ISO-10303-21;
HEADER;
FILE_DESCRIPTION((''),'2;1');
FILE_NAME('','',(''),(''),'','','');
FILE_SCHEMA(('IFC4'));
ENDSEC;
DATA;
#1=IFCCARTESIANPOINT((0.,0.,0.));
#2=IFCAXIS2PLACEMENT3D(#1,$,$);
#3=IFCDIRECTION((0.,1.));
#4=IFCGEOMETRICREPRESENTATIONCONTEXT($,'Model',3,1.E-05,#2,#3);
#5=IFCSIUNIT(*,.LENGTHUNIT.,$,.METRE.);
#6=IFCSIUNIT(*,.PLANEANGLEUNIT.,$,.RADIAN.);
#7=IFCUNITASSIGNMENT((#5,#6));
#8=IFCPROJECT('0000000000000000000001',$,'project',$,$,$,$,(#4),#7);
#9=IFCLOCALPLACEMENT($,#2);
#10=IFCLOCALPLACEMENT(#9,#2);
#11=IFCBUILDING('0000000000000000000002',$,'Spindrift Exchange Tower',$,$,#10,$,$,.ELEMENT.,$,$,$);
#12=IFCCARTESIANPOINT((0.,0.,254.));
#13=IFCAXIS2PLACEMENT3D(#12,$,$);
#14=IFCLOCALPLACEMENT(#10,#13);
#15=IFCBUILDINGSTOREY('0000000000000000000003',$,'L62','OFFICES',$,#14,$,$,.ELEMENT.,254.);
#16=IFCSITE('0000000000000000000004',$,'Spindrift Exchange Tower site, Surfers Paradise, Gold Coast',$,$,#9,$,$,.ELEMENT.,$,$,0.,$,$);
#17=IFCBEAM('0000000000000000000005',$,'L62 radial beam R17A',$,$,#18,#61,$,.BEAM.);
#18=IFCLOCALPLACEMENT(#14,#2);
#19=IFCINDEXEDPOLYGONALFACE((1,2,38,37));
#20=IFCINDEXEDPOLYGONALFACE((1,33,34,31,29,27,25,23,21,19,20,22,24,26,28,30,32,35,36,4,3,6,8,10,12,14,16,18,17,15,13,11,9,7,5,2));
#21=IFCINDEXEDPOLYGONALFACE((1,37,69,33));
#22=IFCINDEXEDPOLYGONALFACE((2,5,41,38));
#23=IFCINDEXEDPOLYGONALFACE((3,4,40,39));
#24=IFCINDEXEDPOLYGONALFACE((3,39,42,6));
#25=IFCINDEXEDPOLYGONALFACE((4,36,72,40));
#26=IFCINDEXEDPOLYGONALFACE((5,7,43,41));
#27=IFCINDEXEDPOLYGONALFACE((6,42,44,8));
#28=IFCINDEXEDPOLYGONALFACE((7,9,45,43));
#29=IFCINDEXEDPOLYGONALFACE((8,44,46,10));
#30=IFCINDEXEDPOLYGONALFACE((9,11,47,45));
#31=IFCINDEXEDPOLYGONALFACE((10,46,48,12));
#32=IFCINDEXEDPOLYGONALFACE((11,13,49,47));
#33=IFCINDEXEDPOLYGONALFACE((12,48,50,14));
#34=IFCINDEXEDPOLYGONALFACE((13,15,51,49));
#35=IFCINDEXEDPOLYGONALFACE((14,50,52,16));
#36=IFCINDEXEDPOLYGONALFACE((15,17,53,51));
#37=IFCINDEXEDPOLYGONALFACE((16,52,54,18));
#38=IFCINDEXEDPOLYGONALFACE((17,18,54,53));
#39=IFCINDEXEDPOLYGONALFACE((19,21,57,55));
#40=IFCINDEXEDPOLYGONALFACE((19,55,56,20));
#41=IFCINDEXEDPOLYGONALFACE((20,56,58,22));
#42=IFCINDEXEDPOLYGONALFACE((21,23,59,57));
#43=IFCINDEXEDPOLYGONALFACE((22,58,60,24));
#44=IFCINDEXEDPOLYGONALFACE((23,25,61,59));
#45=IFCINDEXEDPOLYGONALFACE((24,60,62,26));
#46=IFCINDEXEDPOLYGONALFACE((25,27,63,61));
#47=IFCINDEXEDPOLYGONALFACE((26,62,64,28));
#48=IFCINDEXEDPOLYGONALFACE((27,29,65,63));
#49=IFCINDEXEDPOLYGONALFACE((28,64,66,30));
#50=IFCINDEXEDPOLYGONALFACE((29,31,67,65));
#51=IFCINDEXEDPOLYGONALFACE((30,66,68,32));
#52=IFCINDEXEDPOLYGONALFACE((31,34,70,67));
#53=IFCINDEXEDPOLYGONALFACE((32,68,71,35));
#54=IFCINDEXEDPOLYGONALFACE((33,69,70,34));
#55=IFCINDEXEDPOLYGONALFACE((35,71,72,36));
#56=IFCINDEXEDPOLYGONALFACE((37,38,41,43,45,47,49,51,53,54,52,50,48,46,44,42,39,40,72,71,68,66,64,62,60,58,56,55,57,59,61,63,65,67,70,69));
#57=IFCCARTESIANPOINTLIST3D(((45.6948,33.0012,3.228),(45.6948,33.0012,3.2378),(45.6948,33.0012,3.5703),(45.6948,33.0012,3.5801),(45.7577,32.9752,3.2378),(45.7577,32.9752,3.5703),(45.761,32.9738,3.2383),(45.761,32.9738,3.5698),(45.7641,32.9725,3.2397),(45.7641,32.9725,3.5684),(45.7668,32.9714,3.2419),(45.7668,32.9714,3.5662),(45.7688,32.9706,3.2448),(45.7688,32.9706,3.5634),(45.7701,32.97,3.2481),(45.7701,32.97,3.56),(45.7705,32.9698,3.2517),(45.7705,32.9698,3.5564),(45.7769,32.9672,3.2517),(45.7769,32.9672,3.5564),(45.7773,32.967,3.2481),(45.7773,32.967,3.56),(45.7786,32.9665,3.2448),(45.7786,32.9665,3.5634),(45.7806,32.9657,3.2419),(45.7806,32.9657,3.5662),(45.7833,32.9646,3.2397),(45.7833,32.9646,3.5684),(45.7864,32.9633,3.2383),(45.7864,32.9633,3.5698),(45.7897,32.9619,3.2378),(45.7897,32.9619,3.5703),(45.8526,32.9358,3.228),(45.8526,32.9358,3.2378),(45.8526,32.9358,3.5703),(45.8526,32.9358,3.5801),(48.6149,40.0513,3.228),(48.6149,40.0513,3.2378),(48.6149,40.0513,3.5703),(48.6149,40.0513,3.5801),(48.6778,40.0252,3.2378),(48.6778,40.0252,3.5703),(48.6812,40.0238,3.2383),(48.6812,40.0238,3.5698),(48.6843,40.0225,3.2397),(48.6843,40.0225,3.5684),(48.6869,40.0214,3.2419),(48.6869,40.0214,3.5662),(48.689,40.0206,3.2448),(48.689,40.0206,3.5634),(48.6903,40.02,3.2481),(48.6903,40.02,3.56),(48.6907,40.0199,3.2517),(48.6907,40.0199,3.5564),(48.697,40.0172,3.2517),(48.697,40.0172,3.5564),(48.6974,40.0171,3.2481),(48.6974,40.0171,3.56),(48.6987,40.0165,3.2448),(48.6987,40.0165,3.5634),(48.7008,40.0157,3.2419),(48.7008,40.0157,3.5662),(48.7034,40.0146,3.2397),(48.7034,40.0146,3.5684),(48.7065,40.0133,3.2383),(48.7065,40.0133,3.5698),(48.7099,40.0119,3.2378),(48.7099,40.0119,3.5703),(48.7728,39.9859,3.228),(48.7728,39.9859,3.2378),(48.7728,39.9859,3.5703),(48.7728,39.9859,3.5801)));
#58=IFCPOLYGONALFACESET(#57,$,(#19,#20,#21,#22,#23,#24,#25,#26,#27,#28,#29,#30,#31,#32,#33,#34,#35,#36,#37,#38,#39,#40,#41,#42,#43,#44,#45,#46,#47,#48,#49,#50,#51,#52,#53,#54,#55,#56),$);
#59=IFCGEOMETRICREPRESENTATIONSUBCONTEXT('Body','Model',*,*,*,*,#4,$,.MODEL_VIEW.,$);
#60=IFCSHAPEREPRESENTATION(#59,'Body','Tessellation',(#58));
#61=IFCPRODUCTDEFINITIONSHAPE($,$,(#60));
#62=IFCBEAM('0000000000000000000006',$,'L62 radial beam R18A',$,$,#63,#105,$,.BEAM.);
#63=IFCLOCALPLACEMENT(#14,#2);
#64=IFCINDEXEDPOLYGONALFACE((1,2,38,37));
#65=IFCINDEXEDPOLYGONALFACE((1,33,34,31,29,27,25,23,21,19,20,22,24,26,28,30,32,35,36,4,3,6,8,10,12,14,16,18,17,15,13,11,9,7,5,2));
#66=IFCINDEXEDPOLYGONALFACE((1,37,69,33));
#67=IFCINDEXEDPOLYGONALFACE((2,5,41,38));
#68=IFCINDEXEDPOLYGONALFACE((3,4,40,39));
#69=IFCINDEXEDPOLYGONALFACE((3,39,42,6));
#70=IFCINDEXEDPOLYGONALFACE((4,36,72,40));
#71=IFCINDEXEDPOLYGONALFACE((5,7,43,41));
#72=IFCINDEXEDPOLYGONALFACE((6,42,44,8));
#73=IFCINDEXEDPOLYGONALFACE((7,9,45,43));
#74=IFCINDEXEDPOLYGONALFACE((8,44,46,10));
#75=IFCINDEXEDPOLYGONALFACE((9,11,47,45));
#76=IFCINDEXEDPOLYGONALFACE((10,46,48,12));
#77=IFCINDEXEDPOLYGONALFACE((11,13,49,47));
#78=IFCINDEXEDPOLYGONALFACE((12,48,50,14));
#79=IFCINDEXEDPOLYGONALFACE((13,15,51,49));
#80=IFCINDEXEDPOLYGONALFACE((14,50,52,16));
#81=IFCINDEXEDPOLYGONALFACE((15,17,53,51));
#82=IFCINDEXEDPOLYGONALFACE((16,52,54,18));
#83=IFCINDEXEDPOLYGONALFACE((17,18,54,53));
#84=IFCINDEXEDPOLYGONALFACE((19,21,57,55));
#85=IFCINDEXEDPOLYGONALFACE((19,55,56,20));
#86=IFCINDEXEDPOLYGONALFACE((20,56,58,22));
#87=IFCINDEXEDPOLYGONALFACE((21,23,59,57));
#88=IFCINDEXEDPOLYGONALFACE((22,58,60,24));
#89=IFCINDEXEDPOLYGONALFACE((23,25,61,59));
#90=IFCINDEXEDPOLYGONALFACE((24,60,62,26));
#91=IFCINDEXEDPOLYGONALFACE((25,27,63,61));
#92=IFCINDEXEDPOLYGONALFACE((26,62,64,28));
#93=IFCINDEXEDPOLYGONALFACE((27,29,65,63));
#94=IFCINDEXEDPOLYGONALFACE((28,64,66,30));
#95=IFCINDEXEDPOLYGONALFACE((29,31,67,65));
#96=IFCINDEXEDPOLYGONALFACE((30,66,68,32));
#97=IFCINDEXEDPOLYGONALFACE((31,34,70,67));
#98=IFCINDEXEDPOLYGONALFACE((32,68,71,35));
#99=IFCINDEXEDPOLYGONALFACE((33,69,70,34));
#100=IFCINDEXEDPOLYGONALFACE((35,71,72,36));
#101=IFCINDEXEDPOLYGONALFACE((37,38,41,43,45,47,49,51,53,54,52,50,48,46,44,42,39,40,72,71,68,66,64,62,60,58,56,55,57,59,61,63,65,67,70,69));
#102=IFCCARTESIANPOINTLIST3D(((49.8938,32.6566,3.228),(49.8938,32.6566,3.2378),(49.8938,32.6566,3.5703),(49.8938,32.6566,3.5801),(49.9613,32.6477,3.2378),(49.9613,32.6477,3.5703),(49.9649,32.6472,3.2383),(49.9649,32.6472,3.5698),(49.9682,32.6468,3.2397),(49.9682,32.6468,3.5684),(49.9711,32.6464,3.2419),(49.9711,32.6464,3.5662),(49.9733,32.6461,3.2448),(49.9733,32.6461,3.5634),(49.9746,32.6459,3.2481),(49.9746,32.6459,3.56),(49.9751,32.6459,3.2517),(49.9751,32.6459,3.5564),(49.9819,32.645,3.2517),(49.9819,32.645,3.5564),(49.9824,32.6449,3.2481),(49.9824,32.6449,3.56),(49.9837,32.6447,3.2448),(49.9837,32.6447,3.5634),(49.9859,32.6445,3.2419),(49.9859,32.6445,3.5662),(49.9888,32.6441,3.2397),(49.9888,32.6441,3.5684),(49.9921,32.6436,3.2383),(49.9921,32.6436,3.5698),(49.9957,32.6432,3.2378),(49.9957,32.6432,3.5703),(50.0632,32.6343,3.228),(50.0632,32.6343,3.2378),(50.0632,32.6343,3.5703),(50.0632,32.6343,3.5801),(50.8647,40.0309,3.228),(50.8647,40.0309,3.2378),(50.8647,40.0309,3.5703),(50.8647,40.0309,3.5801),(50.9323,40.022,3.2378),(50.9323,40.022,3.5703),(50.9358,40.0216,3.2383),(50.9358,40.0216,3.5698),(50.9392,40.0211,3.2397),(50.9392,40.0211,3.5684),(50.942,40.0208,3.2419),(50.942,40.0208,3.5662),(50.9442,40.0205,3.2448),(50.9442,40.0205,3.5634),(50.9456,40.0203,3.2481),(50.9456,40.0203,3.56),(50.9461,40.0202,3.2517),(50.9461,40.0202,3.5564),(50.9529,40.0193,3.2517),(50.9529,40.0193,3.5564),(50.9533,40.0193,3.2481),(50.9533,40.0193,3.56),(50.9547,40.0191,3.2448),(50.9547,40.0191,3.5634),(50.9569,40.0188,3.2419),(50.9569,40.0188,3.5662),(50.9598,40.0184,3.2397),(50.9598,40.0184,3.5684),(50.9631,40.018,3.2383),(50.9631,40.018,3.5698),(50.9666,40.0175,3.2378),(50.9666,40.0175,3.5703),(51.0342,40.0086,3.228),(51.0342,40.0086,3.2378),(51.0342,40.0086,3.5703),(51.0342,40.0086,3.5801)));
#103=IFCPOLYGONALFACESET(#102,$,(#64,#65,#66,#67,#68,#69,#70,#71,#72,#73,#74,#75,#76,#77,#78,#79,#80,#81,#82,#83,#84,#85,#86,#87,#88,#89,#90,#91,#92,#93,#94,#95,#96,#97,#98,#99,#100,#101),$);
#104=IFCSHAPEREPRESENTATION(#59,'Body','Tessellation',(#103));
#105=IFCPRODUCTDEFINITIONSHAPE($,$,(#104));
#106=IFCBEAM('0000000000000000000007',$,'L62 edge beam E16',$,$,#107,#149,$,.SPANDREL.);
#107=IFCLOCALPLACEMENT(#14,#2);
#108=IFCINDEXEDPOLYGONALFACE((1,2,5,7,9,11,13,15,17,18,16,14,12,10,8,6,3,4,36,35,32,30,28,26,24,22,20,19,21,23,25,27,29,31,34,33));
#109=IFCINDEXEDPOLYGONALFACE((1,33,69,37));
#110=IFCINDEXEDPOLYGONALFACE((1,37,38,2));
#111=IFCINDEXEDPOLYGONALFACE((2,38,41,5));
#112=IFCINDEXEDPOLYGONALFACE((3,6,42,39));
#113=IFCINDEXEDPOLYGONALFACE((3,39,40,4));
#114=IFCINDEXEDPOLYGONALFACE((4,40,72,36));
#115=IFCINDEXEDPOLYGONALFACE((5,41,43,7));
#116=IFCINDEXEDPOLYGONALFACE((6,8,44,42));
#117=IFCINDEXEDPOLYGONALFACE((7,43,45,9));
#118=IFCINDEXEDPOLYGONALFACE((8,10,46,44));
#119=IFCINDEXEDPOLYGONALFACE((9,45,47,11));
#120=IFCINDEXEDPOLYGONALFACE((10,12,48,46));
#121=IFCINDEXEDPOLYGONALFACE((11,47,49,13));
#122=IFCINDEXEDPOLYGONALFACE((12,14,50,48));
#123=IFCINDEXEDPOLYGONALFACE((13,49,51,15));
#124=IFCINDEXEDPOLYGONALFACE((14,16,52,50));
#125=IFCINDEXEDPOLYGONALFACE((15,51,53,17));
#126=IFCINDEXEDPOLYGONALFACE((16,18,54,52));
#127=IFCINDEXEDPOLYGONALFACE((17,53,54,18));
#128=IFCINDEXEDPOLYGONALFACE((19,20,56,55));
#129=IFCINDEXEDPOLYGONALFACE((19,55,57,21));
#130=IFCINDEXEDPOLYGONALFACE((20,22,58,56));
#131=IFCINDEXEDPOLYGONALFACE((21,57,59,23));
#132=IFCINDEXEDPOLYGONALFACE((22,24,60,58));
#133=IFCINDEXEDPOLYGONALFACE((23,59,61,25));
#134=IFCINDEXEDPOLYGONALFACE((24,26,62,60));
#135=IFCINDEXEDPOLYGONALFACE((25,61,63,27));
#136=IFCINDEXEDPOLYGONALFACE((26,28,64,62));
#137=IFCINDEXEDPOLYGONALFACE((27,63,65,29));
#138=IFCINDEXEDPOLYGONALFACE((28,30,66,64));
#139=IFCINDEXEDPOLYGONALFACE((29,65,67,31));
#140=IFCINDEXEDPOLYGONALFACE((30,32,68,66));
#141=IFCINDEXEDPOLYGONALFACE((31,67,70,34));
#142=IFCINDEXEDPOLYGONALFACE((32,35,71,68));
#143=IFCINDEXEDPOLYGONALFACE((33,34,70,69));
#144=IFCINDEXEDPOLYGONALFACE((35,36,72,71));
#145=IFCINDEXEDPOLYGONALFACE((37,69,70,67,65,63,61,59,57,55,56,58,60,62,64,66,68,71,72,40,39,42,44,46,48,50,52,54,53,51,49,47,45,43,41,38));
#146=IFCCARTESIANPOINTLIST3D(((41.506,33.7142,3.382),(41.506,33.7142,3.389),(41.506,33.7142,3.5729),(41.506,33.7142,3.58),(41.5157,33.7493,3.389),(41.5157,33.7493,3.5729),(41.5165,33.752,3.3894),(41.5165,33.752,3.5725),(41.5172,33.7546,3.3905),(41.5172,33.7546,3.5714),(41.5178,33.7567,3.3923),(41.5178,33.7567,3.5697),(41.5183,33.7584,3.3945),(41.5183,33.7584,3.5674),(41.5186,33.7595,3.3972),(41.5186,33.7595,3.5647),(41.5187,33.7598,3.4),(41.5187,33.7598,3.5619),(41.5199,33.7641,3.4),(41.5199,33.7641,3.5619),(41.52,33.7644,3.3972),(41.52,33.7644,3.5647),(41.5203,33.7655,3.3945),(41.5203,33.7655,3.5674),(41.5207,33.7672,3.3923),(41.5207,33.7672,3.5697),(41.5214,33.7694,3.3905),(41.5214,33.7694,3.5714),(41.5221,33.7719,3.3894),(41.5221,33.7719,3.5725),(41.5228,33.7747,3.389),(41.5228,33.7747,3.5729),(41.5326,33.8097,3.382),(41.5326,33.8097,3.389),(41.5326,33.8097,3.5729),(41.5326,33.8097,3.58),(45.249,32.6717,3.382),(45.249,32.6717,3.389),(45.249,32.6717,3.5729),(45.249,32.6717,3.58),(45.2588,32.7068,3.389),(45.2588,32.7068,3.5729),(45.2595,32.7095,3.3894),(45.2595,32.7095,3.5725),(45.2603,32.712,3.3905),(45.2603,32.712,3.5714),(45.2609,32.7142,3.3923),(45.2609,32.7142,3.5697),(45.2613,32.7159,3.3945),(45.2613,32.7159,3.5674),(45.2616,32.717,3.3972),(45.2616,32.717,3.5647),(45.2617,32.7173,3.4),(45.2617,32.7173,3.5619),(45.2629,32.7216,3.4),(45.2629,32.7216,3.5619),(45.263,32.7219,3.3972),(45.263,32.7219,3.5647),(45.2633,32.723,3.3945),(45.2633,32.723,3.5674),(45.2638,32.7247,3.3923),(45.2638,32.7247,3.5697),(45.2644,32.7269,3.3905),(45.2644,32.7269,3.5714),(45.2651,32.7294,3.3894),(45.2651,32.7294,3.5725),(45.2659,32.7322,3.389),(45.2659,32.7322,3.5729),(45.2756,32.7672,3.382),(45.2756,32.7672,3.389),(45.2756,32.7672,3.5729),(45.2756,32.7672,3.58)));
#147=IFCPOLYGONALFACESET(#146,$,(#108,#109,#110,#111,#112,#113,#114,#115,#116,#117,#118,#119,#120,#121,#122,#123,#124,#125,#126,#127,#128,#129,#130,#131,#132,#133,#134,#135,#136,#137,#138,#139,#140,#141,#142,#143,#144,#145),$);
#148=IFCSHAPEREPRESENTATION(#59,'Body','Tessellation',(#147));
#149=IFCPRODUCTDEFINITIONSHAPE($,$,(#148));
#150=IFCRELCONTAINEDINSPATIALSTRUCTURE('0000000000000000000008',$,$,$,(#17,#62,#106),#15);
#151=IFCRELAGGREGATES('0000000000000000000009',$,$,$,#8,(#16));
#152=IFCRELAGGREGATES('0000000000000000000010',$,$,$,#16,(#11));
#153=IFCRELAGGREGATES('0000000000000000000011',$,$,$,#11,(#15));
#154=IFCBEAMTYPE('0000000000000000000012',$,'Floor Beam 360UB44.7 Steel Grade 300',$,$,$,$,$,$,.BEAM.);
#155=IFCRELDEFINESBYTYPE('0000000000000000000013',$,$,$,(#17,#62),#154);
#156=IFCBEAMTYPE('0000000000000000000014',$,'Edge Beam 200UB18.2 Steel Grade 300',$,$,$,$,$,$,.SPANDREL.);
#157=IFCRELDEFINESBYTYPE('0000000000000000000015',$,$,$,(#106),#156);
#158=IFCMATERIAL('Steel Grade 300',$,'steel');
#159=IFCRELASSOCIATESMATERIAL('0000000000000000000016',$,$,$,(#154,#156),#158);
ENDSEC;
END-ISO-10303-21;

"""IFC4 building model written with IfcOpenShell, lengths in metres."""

from ifc_helpers import new_model, si_unit, direction, frame, origin, origin_2d, place, context, subcontext, project, spatial, i_section, extrude, source, transform, mapped, material, material_profile, profile_set, type_object, element, save


model = new_model("IFC4")

# Units and contexts
model_context = context("Model", 3, precision=1e-05, world=origin(), true_north=direction((0.0, 1.0)))
body_context = subcontext(model_context, "Body", "Model", "MODEL_VIEW")
ifc_project = project(units=[si_unit("LENGTHUNIT", "METRE"), si_unit("PLANEANGLEUNIT", "RADIAN")], contexts=[model_context])

# Site, building, storey
site_placement = place(None, origin())
site = spatial("IfcSite", under=ifc_project, at=site_placement, Name="Spindrift Exchange Tower site, Surfers Paradise, Gold Coast", CompositionType="ELEMENT", RefElevation=0.0)
building_placement = place(site_placement, origin())
building = spatial("IfcBuilding", under=site, at=building_placement, Name="Spindrift Exchange Tower", CompositionType="ELEMENT")
storey_placement = place(building_placement, frame((0.0, 0.0, 254.0)))
storey = spatial("IfcBuildingStorey", under=building, at=storey_placement, Name="L62", Description="OFFICES", CompositionType="ELEMENT", Elevation=254.0)

# Beams
ifc_material_1 = material(Name="Steel Grade 300", Category="steel")
ifc_material_profile_1 = material_profile(ifc_material_1, i_section(OverallWidth=0.1709, OverallDepth=0.3521, WebThickness=0.0068, FlangeThickness=0.0098, FilletRadius=0.0139, at=origin_2d()), Name="360UB44.7")
ifc_profile_set_1 = profile_set([ifc_material_profile_1], Name="Steel Grade 300")
beam_type_1 = type_object("IfcBeamType", Name="Floor Beam 360UB44.7 Steel Grade 300", PredefinedType="BEAM", material=ifc_profile_set_1)
shared_shape_1 = source(origin(), body_context, "Body", "SweptSolid", [
    extrude(i_section(OverallWidth=0.1709, OverallDepth=0.3521, WebThickness=0.0068, FlangeThickness=0.0098, FilletRadius=0.0139, at=origin_2d()), origin(), (0.0, 0.0, 1.0), 7.6309),
])
beam_1_placement = place(storey_placement, frame((48.6938, 40.0186, 3.4041), z_axis=(-0.382677, -0.923882, 0.0), x_axis=(0.923882, -0.382677, 0.0)))
element("IfcBeam", 1, at=beam_1_placement, inside=storey, type_object=beam_type_1, Name="L62 radial beam R17A", PredefinedType="BEAM", context=body_context, shape_type="MappedRepresentation", body=[
    mapped(shared_shape_1, transform((0.0, 0.0, 0.0), scale=1.0)),
])
shared_shape_2 = source(origin(), body_context, "Body", "SweptSolid", [
    extrude(i_section(OverallWidth=0.1709, OverallDepth=0.3521, WebThickness=0.0068, FlangeThickness=0.0098, FilletRadius=0.0139, at=origin_2d()), origin(), (0.0, 0.0, 1.0), 7.438),
])
beam_2_placement = place(storey_placement, frame((50.9495, 40.0198, 3.4041), z_axis=(-0.13054, -0.991443, 0.0), x_axis=(0.991443, -0.13054, 0.0)))
element("IfcBeam", 2, at=beam_2_placement, inside=storey, type_object=beam_type_1, Name="L62 radial beam R18A", PredefinedType="BEAM", context=body_context, shape_type="MappedRepresentation", body=[
    mapped(shared_shape_2, transform((0.0, 0.0, 0.0), scale=1.0)),
])
ifc_material_profile_2 = material_profile(ifc_material_1, i_section(OverallWidth=0.0991, OverallDepth=0.198, WebThickness=0.0044, FlangeThickness=0.0071, FilletRadius=0.011, at=origin_2d()), Name="200UB18.2")
ifc_profile_set_2 = profile_set([ifc_material_profile_2], Name="Steel Grade 300")
beam_type_2 = type_object("IfcBeamType", Name="Edge Beam 200UB18.2 Steel Grade 300", PredefinedType="SPANDREL", material=ifc_profile_set_2)
shared_shape_3 = source(origin(), body_context, "Body", "SweptSolid", [
    extrude(i_section(OverallWidth=0.0991, OverallDepth=0.198, WebThickness=0.0044, FlangeThickness=0.0071, FilletRadius=0.011, at=origin_2d()), origin(), (0.0, 0.0, 1.0), 3.8855),
])
beam_3_placement = place(storey_placement, frame((41.5193, 33.762, 3.481), z_axis=(0.963333, -0.268308, 0.0), x_axis=(0.268308, 0.963333, 0.0)))
element("IfcBeam", 3, at=beam_3_placement, inside=storey, type_object=beam_type_2, Name="L62 edge beam E16", PredefinedType="SPANDREL", context=body_context, shape_type="MappedRepresentation", body=[
    mapped(shared_shape_3, transform((0.0, 0.0, 0.0), scale=1.0)),
])

save(model, "model.ifc")
